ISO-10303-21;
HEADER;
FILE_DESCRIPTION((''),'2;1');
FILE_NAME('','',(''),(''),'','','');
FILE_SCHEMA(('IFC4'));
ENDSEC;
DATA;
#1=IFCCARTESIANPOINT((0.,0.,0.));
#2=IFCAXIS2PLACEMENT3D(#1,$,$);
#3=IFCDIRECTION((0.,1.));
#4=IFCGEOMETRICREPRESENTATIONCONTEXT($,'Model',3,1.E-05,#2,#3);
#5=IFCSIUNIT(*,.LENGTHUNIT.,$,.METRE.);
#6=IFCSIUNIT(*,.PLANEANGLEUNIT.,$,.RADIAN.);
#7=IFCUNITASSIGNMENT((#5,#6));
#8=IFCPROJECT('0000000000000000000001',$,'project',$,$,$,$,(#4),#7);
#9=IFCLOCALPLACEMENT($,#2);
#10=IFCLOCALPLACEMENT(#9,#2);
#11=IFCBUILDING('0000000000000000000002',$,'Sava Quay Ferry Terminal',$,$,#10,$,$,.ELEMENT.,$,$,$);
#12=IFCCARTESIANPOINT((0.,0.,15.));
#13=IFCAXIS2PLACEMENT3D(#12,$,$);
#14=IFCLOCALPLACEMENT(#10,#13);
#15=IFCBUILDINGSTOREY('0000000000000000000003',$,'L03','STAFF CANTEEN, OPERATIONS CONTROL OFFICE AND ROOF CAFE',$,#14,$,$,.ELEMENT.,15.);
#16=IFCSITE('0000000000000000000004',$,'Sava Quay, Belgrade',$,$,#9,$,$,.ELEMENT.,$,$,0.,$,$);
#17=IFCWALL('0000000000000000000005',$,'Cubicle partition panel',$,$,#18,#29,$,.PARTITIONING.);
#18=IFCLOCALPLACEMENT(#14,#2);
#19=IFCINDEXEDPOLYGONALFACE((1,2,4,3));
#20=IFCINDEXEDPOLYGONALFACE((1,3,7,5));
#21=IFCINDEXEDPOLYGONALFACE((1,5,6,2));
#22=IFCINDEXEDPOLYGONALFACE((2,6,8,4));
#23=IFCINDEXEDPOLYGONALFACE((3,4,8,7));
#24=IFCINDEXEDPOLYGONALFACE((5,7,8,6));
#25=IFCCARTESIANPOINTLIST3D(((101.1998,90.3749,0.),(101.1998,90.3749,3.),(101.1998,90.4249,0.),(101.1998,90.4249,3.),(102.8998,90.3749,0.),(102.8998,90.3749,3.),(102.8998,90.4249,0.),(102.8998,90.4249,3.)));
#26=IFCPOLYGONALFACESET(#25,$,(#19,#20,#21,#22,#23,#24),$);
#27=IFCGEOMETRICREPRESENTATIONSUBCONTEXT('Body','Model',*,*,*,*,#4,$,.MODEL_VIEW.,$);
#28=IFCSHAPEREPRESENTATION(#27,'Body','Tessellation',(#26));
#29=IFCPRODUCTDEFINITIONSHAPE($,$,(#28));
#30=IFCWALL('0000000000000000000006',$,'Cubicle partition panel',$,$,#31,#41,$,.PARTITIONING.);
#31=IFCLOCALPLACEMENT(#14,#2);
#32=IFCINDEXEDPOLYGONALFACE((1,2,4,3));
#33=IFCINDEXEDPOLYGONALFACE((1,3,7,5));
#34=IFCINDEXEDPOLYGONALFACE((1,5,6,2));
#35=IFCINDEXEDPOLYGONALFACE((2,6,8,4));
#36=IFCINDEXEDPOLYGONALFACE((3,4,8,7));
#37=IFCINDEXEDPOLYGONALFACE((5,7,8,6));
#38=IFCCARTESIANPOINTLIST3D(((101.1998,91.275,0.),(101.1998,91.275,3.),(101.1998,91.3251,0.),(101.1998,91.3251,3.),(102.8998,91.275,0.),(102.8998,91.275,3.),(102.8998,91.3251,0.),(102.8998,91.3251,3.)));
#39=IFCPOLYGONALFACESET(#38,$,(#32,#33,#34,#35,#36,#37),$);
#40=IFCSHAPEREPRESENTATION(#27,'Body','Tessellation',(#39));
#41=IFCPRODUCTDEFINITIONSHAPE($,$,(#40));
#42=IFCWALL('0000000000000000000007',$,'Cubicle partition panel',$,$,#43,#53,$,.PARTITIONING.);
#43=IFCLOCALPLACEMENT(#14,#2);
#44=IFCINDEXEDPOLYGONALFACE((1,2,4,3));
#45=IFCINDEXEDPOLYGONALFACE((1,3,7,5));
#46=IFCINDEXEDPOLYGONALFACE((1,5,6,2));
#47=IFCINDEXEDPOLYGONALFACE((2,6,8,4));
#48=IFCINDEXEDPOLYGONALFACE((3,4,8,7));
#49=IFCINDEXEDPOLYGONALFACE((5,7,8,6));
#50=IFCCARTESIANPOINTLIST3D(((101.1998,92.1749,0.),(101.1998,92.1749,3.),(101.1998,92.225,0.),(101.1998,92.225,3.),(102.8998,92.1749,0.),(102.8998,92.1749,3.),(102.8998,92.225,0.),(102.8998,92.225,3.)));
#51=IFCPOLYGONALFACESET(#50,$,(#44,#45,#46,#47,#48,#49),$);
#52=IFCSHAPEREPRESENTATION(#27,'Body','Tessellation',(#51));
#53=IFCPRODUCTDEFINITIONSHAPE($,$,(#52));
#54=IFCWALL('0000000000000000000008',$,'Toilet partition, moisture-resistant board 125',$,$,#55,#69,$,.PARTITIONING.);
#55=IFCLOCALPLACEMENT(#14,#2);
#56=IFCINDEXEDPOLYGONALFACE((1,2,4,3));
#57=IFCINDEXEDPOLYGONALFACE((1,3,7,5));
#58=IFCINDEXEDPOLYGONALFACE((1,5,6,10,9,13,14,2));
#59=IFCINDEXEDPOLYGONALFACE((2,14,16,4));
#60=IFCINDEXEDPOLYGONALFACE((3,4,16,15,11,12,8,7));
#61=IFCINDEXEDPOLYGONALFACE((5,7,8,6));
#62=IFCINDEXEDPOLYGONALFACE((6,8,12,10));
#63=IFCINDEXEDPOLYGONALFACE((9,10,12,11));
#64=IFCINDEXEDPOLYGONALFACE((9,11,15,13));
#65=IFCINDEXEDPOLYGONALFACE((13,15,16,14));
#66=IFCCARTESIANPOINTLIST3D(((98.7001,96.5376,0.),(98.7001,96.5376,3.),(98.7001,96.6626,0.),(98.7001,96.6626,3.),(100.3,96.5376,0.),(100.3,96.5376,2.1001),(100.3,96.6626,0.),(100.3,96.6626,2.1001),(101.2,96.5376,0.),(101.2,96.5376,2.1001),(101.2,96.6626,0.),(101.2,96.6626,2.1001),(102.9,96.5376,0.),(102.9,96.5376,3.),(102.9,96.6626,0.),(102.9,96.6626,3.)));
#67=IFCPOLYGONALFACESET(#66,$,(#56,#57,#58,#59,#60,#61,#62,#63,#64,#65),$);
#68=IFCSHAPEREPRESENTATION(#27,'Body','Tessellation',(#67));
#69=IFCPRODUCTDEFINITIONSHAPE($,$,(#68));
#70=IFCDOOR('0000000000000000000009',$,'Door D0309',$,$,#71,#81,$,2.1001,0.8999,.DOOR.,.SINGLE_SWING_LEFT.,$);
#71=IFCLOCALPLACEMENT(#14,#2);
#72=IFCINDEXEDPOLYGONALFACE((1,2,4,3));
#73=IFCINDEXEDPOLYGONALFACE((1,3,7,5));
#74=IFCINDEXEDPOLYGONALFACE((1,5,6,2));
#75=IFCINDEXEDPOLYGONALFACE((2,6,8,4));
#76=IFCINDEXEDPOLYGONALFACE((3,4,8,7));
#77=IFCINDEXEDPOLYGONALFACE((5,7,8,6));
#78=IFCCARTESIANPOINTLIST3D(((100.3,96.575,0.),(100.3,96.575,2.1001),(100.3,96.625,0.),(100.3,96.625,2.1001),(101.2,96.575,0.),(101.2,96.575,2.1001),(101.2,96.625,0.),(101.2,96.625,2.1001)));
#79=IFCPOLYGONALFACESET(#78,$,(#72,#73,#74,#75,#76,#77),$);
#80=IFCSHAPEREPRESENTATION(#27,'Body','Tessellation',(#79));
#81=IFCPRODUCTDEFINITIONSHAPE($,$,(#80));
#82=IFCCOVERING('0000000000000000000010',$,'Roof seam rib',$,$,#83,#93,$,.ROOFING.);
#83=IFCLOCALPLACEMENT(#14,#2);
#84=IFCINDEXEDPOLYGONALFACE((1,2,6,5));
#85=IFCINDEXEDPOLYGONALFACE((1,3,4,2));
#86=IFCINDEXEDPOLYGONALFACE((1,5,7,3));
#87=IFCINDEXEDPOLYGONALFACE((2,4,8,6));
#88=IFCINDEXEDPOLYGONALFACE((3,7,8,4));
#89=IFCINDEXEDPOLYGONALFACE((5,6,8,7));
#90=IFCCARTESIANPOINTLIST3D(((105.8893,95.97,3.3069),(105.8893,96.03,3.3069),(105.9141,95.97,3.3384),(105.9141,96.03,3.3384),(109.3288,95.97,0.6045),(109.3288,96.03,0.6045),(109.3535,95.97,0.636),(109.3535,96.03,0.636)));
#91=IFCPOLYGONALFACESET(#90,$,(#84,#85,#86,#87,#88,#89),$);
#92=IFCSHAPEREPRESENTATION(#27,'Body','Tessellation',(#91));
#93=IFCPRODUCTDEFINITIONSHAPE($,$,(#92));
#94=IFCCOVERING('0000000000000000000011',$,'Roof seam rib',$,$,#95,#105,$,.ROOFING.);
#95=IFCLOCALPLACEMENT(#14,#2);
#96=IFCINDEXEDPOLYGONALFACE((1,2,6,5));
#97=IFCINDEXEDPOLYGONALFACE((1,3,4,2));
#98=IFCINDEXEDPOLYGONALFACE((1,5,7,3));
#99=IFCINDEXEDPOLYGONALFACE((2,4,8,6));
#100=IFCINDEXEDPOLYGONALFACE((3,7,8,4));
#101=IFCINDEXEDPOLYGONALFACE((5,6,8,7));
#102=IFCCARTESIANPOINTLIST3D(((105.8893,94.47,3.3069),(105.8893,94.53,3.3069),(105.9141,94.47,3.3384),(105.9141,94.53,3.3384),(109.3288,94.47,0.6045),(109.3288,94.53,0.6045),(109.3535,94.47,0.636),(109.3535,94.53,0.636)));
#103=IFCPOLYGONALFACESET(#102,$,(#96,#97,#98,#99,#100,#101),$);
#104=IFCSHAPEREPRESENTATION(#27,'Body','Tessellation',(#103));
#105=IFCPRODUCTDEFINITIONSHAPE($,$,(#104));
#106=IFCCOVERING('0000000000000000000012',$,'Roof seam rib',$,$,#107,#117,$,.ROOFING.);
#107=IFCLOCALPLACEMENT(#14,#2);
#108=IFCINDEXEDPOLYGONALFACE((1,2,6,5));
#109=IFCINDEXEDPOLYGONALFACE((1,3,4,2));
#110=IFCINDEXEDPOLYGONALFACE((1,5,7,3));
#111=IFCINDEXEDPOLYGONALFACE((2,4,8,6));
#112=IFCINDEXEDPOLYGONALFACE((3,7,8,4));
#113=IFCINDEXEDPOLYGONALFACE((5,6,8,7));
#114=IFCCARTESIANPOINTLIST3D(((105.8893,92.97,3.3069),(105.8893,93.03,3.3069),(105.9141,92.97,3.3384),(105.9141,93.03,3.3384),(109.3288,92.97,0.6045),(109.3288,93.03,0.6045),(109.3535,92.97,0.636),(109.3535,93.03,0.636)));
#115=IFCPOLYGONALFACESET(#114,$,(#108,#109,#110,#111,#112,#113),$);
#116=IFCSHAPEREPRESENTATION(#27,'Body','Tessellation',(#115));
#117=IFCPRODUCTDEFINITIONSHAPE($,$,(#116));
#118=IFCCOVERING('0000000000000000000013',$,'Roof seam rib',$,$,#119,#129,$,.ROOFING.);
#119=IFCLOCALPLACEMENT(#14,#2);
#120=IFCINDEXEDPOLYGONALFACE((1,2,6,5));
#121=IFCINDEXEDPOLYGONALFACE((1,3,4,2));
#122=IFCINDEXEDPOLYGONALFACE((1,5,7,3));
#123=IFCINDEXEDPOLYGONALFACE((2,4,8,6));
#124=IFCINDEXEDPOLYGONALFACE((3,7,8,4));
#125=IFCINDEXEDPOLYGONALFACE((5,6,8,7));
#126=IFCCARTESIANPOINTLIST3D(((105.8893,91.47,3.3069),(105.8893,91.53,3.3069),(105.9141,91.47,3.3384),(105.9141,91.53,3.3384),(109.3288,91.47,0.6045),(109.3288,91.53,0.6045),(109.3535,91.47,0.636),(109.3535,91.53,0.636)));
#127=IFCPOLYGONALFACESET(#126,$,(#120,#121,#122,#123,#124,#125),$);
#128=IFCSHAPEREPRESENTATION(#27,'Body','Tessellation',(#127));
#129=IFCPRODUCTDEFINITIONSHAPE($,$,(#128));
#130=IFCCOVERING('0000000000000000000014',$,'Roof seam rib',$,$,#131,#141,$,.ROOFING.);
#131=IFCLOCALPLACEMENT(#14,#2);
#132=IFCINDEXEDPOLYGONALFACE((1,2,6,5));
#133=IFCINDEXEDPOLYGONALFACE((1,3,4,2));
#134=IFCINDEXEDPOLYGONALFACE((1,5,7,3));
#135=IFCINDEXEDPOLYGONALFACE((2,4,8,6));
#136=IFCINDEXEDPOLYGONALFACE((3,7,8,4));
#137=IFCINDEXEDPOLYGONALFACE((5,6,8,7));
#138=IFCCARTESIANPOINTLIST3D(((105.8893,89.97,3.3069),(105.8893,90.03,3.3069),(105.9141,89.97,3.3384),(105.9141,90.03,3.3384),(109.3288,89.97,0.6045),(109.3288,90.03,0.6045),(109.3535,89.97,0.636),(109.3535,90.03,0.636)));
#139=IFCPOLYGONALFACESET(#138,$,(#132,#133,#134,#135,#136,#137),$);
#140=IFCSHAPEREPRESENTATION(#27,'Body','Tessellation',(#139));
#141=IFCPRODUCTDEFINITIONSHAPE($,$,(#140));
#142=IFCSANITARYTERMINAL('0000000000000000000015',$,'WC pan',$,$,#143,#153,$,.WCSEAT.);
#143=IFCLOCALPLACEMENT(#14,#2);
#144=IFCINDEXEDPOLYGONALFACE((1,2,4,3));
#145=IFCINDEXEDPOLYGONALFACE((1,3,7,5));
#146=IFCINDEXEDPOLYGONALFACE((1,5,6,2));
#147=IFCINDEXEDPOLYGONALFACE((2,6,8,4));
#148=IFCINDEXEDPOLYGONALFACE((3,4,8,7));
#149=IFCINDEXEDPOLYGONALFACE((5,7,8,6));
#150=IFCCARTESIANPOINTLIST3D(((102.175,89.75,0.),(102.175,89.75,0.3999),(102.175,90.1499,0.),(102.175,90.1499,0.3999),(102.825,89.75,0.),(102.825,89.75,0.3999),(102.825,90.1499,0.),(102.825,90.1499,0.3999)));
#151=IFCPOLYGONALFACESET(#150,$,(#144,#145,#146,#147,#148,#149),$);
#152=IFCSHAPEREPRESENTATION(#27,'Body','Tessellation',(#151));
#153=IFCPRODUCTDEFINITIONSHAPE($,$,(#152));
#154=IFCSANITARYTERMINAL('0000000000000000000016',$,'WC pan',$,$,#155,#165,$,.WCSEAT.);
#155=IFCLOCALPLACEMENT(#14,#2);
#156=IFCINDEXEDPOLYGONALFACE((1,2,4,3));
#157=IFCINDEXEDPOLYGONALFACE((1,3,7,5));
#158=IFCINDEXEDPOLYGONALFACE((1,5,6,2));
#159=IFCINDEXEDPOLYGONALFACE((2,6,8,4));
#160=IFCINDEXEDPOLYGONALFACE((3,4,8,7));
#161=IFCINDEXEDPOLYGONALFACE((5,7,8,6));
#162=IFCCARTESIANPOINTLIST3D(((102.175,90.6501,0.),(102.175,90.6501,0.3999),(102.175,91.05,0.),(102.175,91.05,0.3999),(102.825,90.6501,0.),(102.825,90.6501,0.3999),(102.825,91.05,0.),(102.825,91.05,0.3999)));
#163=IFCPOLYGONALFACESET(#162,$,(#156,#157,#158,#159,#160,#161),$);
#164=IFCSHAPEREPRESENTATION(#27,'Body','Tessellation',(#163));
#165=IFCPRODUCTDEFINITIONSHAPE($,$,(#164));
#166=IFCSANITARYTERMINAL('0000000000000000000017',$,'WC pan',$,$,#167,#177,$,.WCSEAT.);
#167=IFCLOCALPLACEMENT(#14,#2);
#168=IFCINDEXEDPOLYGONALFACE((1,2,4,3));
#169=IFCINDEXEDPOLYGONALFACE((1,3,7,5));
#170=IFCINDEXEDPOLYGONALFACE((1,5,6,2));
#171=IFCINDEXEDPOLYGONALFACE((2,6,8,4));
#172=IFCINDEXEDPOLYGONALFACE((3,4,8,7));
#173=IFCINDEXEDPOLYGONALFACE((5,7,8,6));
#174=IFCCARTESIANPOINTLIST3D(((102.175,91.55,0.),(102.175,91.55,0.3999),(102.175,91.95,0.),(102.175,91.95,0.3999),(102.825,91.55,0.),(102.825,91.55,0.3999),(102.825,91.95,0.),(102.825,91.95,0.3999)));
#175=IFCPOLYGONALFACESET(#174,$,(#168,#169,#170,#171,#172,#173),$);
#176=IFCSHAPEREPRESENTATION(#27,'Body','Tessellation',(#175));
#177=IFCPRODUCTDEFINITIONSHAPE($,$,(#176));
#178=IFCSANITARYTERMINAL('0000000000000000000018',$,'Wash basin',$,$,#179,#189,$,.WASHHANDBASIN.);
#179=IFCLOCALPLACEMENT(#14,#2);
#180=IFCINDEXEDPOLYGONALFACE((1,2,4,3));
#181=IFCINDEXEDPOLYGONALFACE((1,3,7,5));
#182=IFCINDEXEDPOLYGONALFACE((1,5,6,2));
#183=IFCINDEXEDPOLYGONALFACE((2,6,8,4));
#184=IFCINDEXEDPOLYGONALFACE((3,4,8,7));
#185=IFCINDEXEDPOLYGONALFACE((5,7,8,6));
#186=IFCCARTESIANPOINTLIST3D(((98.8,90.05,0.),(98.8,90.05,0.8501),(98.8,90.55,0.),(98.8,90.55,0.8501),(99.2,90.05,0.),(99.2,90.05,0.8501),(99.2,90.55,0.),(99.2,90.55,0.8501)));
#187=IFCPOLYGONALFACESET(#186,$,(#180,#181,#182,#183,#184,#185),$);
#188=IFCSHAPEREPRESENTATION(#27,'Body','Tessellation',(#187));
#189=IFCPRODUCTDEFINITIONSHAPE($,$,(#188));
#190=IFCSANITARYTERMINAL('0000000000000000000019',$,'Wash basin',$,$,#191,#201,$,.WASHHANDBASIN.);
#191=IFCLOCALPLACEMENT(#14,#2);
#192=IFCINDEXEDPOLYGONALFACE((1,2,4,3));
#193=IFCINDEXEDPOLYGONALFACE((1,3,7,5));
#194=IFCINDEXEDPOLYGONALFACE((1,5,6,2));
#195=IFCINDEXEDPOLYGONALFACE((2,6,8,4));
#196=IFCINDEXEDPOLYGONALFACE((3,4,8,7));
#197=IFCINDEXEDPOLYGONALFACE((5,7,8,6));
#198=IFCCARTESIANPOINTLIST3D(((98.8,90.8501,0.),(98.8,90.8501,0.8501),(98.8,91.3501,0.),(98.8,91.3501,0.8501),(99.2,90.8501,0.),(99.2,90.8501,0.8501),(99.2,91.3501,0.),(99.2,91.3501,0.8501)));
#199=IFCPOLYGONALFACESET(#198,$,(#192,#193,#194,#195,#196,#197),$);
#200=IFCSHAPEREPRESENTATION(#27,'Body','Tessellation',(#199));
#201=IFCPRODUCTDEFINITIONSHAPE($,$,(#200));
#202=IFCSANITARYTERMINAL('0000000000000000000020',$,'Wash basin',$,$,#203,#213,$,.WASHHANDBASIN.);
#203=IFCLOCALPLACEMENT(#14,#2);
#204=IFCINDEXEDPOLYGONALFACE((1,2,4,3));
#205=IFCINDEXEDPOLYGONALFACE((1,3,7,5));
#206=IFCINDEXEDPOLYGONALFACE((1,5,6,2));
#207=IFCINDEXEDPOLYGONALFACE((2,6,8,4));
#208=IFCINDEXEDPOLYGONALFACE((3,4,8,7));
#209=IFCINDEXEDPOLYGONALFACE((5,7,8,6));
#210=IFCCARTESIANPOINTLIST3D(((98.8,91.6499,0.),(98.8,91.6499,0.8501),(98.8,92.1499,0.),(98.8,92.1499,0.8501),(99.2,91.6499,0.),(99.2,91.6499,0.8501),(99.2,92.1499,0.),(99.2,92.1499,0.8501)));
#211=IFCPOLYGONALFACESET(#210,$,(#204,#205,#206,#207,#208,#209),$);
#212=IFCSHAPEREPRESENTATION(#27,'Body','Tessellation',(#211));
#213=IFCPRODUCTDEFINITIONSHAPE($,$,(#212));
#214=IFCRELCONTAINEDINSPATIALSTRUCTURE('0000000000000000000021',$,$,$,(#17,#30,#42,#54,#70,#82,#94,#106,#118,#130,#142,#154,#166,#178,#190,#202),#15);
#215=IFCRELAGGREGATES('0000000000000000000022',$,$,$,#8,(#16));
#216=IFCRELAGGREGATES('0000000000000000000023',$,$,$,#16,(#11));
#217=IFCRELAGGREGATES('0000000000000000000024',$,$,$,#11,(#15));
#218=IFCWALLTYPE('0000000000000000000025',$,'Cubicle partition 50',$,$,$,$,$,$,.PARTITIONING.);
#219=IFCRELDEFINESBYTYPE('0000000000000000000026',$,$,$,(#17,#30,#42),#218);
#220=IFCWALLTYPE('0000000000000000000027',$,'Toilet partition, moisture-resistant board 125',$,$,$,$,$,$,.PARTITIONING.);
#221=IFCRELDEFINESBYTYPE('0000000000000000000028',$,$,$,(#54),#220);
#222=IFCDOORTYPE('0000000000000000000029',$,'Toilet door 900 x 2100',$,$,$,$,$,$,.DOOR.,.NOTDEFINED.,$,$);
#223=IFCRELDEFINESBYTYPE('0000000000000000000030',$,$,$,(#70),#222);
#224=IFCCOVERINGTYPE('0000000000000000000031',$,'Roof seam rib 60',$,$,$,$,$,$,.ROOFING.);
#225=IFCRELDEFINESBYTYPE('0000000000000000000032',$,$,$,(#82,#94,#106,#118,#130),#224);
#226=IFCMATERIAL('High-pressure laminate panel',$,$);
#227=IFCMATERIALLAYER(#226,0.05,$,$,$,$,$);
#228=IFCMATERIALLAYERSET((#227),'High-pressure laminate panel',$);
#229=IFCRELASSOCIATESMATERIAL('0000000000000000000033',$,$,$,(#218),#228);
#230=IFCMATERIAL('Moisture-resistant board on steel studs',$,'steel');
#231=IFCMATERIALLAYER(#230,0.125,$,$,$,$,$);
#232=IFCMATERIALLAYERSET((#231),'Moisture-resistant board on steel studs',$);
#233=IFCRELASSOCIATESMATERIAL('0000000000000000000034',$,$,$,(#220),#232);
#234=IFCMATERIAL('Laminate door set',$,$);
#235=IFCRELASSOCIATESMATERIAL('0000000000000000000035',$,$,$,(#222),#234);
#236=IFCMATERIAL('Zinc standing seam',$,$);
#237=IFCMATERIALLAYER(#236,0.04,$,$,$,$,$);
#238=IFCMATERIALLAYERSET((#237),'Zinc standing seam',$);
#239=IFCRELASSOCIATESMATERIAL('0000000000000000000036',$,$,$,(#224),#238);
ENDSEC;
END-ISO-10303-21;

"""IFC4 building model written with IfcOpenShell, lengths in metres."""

from ifc_helpers import new_model, si_unit, direction, frame, frame_2d, origin, origin_2d, place, context, subcontext, project, spatial, polyline, rectangle, outline, extrude, material, layer, layer_set, type_object, element, fill, save


model = new_model("IFC4")

# Units and contexts
model_context = context("Model", 3, precision=1e-05, world=origin(), true_north=direction((0.0, 1.0)))
body_context = subcontext(model_context, "Body", "Model", "MODEL_VIEW")
ifc_project = project(units=[si_unit("LENGTHUNIT", "METRE"), si_unit("PLANEANGLEUNIT", "RADIAN")], contexts=[model_context])

# Site, building, storey
site_placement = place(None, origin())
site = spatial("IfcSite", under=ifc_project, at=site_placement, Name="Sava Quay, Belgrade", CompositionType="ELEMENT", RefElevation=0.0)
building_placement = place(site_placement, origin())
building = spatial("IfcBuilding", under=site, at=building_placement, Name="Sava Quay Ferry Terminal", CompositionType="ELEMENT")
storey_placement = place(building_placement, frame((0.0, 0.0, 15.0)))
storey = spatial("IfcBuildingStorey", under=building, at=storey_placement, Name="L03", Description="STAFF CANTEEN, OPERATIONS CONTROL OFFICE AND ROOF CAFE", CompositionType="ELEMENT", Elevation=15.0)

# Walls
ifc_material_1 = material(Name="High-pressure laminate panel")
ifc_layer_1 = layer(ifc_material_1, 0.05)
ifc_layer_set_1 = layer_set([ifc_layer_1], Name="High-pressure laminate panel")
wall_type_1 = type_object("IfcWallType", Name="Cubicle partition 50", PredefinedType="PARTITIONING", material=ifc_layer_set_1)
for number, where, z_axis, x_axis, name in (
    (1, (102.8999, 90.3999, 0.0), (0.0, 0.0, 1.0), (-1.0, 0.0, 0.0), "Cubicle partition panel"),
    (2, (102.8999, 91.3, 0.0), (0.0, 0.0, 1.0), (-1.0, 0.0, 0.0), "Cubicle partition panel"),
    (3, (102.8999, 92.2, 0.0), (0.0, 0.0, 1.0), (-1.0, 0.0, 0.0), "Cubicle partition panel"),
):
    element("IfcWall", number, at=place(storey_placement, frame(where, z_axis=z_axis, x_axis=x_axis)), inside=storey, type_object=wall_type_1, Name=name, PredefinedType="PARTITIONING", context=body_context, shape_type="SweptSolid", body=[
        extrude(rectangle(XDim=1.7, YDim=0.05, at=frame_2d((0.8501, 0.0))), origin(), (0.0, 0.0, 1.0), 3.0),
    ])

# Wall, opening, door
ifc_material_2 = material(Name="Moisture-resistant board on steel studs", Category="steel")
ifc_layer_2 = layer(ifc_material_2, 0.125)
ifc_layer_set_2 = layer_set([ifc_layer_2], Name="Moisture-resistant board on steel studs")
wall_type_2 = type_object("IfcWallType", Name="Toilet partition, moisture-resistant board 125", PredefinedType="PARTITIONING", material=ifc_layer_set_2)
wall_placement = place(storey_placement, frame((98.7, 96.6001, 0.0), z_axis=(0.0, 0.0, 1.0), x_axis=(1.0, 0.0, 0.0)))
wall = element("IfcWall", 4, at=wall_placement, inside=storey, type_object=wall_type_2, Name="Toilet partition, moisture-resistant board 125", PredefinedType="PARTITIONING", context=body_context, shape_type="SweptSolid", body=[
    extrude(rectangle(XDim=4.2, YDim=0.125, at=frame_2d((2.1001, 0.0))), origin(), (0.0, 0.0, 1.0), 3.0),
])
opening_placement = place(wall_placement, frame((1.6001, 0.0, 0.0)))
opening = element("IfcOpeningElement", 5, at=opening_placement, cuts=wall, PredefinedType="OPENING", context=body_context, shape_type="SweptSolid", body=[
    extrude(rectangle(XDim=0.8999, YDim=2.1001, at=frame_2d((0.45, 1.05))), frame((0.0, 0.0625, 0.0), z_axis=(0.0, -1.0, 0.0), x_axis=(1.0, 0.0, 0.0)), (0.0, 0.0, 1.0), 0.125),
])
ifc_material_3 = material(Name="Laminate door set")
door_type = type_object("IfcDoorType", Name="Toilet door 900 x 2100", OperationType="NOTDEFINED", PredefinedType="DOOR", material=ifc_material_3)
door_placement = place(opening_placement, origin())
door = element("IfcDoor", 6, at=door_placement, inside=storey, type_object=door_type, Name="Door D0309", OperationType="SINGLE_SWING_LEFT", OverallHeight=2.1001, OverallWidth=0.8999, PredefinedType="DOOR", context=body_context, shape_type="SweptSolid", body=[
    extrude(rectangle(XDim=0.8999, YDim=2.1001, at=frame_2d((0.45, 1.05))), frame((0.0, 0.0249, 0.0), z_axis=(0.0, -1.0, 0.0), x_axis=(1.0, 0.0, 0.0)), (0.0, 0.0, 1.0), 0.05),
])
fill(opening, door)

# Coverings
ifc_material_4 = material(Name="Zinc standing seam")
ifc_layer_3 = layer(ifc_material_4, 0.04)
ifc_layer_set_3 = layer_set([ifc_layer_3], Name="Zinc standing seam")
covering_type = type_object("IfcCoveringType", Name="Roof seam rib 60", PredefinedType="ROOFING", material=ifc_layer_set_3)
for number, where, z_axis, x_axis, name in (
    (7, (109.3535, 95.97, 0.636), (0.617817, 0.0, 0.786322), (-0.786322, 0.0, 0.617817), "Roof seam rib"),
    (8, (109.3535, 94.47, 0.636), (0.617817, 0.0, 0.786322), (-0.786322, 0.0, 0.617817), "Roof seam rib"),
    (9, (109.3535, 92.97, 0.636), (0.617817, 0.0, 0.786322), (-0.786322, 0.0, 0.617817), "Roof seam rib"),
    (10, (109.3535, 91.47, 0.636), (0.617817, 0.0, 0.786322), (-0.786322, 0.0, 0.617817), "Roof seam rib"),
    (11, (109.3535, 89.97, 0.636), (0.617817, 0.0, 0.786322), (-0.786322, 0.0, 0.617817), "Roof seam rib"),
):
    element("IfcCovering", number, at=place(storey_placement, frame(where, z_axis=z_axis, x_axis=x_axis)), inside=storey, type_object=covering_type, Name=name, PredefinedType="ROOFING", context=body_context, shape_type="SweptSolid", body=[
        extrude(outline(polyline([(0.0, 0.0), (4.3741, 0.0), (4.3741, -0.0601), (0.0, -0.0601), (0.0, 0.0)])), origin(), (0.0, 0.0, -1.0), 0.04),
    ])

# Sanitary terminals
for number, where, z_axis, x_axis, name in (
    (12, (102.5, 89.95, 0.0), (0.0, 0.0, 1.0), (1.0, 0.0, 0.0), "WC pan"),
    (13, (102.5, 90.8501, 0.0), (0.0, 0.0, 1.0), (1.0, 0.0, 0.0), "WC pan"),
    (14, (102.5, 91.75, 0.0), (0.0, 0.0, 1.0), (1.0, 0.0, 0.0), "WC pan"),
):
    element("IfcSanitaryTerminal", number, at=place(storey_placement, frame(where, z_axis=z_axis, x_axis=x_axis)), inside=storey, Name=name, PredefinedType="WCSEAT", context=body_context, shape_type="SweptSolid", body=[
        extrude(rectangle(XDim=0.6499, YDim=0.3999, at=origin_2d()), origin(), (0.0, 0.0, 1.0), 0.3999),
    ])
for number, where, z_axis, x_axis, name in (
    (15, (99.0, 90.3, 0.0), (0.0, 0.0, 1.0), (1.0, 0.0, 0.0), "Wash basin"),
    (16, (99.0, 91.1001, 0.0), (0.0, 0.0, 1.0), (1.0, 0.0, 0.0), "Wash basin"),
    (17, (99.0, 91.8999, 0.0), (0.0, 0.0, 1.0), (1.0, 0.0, 0.0), "Wash basin"),
):
    element("IfcSanitaryTerminal", number, at=place(storey_placement, frame(where, z_axis=z_axis, x_axis=x_axis)), inside=storey, Name=name, PredefinedType="WASHHANDBASIN", context=body_context, shape_type="SweptSolid", body=[
        extrude(rectangle(XDim=0.3999, YDim=0.5, at=origin_2d()), origin(), (0.0, 0.0, 1.0), 0.8501),
    ])

save(model, "model.ifc")
